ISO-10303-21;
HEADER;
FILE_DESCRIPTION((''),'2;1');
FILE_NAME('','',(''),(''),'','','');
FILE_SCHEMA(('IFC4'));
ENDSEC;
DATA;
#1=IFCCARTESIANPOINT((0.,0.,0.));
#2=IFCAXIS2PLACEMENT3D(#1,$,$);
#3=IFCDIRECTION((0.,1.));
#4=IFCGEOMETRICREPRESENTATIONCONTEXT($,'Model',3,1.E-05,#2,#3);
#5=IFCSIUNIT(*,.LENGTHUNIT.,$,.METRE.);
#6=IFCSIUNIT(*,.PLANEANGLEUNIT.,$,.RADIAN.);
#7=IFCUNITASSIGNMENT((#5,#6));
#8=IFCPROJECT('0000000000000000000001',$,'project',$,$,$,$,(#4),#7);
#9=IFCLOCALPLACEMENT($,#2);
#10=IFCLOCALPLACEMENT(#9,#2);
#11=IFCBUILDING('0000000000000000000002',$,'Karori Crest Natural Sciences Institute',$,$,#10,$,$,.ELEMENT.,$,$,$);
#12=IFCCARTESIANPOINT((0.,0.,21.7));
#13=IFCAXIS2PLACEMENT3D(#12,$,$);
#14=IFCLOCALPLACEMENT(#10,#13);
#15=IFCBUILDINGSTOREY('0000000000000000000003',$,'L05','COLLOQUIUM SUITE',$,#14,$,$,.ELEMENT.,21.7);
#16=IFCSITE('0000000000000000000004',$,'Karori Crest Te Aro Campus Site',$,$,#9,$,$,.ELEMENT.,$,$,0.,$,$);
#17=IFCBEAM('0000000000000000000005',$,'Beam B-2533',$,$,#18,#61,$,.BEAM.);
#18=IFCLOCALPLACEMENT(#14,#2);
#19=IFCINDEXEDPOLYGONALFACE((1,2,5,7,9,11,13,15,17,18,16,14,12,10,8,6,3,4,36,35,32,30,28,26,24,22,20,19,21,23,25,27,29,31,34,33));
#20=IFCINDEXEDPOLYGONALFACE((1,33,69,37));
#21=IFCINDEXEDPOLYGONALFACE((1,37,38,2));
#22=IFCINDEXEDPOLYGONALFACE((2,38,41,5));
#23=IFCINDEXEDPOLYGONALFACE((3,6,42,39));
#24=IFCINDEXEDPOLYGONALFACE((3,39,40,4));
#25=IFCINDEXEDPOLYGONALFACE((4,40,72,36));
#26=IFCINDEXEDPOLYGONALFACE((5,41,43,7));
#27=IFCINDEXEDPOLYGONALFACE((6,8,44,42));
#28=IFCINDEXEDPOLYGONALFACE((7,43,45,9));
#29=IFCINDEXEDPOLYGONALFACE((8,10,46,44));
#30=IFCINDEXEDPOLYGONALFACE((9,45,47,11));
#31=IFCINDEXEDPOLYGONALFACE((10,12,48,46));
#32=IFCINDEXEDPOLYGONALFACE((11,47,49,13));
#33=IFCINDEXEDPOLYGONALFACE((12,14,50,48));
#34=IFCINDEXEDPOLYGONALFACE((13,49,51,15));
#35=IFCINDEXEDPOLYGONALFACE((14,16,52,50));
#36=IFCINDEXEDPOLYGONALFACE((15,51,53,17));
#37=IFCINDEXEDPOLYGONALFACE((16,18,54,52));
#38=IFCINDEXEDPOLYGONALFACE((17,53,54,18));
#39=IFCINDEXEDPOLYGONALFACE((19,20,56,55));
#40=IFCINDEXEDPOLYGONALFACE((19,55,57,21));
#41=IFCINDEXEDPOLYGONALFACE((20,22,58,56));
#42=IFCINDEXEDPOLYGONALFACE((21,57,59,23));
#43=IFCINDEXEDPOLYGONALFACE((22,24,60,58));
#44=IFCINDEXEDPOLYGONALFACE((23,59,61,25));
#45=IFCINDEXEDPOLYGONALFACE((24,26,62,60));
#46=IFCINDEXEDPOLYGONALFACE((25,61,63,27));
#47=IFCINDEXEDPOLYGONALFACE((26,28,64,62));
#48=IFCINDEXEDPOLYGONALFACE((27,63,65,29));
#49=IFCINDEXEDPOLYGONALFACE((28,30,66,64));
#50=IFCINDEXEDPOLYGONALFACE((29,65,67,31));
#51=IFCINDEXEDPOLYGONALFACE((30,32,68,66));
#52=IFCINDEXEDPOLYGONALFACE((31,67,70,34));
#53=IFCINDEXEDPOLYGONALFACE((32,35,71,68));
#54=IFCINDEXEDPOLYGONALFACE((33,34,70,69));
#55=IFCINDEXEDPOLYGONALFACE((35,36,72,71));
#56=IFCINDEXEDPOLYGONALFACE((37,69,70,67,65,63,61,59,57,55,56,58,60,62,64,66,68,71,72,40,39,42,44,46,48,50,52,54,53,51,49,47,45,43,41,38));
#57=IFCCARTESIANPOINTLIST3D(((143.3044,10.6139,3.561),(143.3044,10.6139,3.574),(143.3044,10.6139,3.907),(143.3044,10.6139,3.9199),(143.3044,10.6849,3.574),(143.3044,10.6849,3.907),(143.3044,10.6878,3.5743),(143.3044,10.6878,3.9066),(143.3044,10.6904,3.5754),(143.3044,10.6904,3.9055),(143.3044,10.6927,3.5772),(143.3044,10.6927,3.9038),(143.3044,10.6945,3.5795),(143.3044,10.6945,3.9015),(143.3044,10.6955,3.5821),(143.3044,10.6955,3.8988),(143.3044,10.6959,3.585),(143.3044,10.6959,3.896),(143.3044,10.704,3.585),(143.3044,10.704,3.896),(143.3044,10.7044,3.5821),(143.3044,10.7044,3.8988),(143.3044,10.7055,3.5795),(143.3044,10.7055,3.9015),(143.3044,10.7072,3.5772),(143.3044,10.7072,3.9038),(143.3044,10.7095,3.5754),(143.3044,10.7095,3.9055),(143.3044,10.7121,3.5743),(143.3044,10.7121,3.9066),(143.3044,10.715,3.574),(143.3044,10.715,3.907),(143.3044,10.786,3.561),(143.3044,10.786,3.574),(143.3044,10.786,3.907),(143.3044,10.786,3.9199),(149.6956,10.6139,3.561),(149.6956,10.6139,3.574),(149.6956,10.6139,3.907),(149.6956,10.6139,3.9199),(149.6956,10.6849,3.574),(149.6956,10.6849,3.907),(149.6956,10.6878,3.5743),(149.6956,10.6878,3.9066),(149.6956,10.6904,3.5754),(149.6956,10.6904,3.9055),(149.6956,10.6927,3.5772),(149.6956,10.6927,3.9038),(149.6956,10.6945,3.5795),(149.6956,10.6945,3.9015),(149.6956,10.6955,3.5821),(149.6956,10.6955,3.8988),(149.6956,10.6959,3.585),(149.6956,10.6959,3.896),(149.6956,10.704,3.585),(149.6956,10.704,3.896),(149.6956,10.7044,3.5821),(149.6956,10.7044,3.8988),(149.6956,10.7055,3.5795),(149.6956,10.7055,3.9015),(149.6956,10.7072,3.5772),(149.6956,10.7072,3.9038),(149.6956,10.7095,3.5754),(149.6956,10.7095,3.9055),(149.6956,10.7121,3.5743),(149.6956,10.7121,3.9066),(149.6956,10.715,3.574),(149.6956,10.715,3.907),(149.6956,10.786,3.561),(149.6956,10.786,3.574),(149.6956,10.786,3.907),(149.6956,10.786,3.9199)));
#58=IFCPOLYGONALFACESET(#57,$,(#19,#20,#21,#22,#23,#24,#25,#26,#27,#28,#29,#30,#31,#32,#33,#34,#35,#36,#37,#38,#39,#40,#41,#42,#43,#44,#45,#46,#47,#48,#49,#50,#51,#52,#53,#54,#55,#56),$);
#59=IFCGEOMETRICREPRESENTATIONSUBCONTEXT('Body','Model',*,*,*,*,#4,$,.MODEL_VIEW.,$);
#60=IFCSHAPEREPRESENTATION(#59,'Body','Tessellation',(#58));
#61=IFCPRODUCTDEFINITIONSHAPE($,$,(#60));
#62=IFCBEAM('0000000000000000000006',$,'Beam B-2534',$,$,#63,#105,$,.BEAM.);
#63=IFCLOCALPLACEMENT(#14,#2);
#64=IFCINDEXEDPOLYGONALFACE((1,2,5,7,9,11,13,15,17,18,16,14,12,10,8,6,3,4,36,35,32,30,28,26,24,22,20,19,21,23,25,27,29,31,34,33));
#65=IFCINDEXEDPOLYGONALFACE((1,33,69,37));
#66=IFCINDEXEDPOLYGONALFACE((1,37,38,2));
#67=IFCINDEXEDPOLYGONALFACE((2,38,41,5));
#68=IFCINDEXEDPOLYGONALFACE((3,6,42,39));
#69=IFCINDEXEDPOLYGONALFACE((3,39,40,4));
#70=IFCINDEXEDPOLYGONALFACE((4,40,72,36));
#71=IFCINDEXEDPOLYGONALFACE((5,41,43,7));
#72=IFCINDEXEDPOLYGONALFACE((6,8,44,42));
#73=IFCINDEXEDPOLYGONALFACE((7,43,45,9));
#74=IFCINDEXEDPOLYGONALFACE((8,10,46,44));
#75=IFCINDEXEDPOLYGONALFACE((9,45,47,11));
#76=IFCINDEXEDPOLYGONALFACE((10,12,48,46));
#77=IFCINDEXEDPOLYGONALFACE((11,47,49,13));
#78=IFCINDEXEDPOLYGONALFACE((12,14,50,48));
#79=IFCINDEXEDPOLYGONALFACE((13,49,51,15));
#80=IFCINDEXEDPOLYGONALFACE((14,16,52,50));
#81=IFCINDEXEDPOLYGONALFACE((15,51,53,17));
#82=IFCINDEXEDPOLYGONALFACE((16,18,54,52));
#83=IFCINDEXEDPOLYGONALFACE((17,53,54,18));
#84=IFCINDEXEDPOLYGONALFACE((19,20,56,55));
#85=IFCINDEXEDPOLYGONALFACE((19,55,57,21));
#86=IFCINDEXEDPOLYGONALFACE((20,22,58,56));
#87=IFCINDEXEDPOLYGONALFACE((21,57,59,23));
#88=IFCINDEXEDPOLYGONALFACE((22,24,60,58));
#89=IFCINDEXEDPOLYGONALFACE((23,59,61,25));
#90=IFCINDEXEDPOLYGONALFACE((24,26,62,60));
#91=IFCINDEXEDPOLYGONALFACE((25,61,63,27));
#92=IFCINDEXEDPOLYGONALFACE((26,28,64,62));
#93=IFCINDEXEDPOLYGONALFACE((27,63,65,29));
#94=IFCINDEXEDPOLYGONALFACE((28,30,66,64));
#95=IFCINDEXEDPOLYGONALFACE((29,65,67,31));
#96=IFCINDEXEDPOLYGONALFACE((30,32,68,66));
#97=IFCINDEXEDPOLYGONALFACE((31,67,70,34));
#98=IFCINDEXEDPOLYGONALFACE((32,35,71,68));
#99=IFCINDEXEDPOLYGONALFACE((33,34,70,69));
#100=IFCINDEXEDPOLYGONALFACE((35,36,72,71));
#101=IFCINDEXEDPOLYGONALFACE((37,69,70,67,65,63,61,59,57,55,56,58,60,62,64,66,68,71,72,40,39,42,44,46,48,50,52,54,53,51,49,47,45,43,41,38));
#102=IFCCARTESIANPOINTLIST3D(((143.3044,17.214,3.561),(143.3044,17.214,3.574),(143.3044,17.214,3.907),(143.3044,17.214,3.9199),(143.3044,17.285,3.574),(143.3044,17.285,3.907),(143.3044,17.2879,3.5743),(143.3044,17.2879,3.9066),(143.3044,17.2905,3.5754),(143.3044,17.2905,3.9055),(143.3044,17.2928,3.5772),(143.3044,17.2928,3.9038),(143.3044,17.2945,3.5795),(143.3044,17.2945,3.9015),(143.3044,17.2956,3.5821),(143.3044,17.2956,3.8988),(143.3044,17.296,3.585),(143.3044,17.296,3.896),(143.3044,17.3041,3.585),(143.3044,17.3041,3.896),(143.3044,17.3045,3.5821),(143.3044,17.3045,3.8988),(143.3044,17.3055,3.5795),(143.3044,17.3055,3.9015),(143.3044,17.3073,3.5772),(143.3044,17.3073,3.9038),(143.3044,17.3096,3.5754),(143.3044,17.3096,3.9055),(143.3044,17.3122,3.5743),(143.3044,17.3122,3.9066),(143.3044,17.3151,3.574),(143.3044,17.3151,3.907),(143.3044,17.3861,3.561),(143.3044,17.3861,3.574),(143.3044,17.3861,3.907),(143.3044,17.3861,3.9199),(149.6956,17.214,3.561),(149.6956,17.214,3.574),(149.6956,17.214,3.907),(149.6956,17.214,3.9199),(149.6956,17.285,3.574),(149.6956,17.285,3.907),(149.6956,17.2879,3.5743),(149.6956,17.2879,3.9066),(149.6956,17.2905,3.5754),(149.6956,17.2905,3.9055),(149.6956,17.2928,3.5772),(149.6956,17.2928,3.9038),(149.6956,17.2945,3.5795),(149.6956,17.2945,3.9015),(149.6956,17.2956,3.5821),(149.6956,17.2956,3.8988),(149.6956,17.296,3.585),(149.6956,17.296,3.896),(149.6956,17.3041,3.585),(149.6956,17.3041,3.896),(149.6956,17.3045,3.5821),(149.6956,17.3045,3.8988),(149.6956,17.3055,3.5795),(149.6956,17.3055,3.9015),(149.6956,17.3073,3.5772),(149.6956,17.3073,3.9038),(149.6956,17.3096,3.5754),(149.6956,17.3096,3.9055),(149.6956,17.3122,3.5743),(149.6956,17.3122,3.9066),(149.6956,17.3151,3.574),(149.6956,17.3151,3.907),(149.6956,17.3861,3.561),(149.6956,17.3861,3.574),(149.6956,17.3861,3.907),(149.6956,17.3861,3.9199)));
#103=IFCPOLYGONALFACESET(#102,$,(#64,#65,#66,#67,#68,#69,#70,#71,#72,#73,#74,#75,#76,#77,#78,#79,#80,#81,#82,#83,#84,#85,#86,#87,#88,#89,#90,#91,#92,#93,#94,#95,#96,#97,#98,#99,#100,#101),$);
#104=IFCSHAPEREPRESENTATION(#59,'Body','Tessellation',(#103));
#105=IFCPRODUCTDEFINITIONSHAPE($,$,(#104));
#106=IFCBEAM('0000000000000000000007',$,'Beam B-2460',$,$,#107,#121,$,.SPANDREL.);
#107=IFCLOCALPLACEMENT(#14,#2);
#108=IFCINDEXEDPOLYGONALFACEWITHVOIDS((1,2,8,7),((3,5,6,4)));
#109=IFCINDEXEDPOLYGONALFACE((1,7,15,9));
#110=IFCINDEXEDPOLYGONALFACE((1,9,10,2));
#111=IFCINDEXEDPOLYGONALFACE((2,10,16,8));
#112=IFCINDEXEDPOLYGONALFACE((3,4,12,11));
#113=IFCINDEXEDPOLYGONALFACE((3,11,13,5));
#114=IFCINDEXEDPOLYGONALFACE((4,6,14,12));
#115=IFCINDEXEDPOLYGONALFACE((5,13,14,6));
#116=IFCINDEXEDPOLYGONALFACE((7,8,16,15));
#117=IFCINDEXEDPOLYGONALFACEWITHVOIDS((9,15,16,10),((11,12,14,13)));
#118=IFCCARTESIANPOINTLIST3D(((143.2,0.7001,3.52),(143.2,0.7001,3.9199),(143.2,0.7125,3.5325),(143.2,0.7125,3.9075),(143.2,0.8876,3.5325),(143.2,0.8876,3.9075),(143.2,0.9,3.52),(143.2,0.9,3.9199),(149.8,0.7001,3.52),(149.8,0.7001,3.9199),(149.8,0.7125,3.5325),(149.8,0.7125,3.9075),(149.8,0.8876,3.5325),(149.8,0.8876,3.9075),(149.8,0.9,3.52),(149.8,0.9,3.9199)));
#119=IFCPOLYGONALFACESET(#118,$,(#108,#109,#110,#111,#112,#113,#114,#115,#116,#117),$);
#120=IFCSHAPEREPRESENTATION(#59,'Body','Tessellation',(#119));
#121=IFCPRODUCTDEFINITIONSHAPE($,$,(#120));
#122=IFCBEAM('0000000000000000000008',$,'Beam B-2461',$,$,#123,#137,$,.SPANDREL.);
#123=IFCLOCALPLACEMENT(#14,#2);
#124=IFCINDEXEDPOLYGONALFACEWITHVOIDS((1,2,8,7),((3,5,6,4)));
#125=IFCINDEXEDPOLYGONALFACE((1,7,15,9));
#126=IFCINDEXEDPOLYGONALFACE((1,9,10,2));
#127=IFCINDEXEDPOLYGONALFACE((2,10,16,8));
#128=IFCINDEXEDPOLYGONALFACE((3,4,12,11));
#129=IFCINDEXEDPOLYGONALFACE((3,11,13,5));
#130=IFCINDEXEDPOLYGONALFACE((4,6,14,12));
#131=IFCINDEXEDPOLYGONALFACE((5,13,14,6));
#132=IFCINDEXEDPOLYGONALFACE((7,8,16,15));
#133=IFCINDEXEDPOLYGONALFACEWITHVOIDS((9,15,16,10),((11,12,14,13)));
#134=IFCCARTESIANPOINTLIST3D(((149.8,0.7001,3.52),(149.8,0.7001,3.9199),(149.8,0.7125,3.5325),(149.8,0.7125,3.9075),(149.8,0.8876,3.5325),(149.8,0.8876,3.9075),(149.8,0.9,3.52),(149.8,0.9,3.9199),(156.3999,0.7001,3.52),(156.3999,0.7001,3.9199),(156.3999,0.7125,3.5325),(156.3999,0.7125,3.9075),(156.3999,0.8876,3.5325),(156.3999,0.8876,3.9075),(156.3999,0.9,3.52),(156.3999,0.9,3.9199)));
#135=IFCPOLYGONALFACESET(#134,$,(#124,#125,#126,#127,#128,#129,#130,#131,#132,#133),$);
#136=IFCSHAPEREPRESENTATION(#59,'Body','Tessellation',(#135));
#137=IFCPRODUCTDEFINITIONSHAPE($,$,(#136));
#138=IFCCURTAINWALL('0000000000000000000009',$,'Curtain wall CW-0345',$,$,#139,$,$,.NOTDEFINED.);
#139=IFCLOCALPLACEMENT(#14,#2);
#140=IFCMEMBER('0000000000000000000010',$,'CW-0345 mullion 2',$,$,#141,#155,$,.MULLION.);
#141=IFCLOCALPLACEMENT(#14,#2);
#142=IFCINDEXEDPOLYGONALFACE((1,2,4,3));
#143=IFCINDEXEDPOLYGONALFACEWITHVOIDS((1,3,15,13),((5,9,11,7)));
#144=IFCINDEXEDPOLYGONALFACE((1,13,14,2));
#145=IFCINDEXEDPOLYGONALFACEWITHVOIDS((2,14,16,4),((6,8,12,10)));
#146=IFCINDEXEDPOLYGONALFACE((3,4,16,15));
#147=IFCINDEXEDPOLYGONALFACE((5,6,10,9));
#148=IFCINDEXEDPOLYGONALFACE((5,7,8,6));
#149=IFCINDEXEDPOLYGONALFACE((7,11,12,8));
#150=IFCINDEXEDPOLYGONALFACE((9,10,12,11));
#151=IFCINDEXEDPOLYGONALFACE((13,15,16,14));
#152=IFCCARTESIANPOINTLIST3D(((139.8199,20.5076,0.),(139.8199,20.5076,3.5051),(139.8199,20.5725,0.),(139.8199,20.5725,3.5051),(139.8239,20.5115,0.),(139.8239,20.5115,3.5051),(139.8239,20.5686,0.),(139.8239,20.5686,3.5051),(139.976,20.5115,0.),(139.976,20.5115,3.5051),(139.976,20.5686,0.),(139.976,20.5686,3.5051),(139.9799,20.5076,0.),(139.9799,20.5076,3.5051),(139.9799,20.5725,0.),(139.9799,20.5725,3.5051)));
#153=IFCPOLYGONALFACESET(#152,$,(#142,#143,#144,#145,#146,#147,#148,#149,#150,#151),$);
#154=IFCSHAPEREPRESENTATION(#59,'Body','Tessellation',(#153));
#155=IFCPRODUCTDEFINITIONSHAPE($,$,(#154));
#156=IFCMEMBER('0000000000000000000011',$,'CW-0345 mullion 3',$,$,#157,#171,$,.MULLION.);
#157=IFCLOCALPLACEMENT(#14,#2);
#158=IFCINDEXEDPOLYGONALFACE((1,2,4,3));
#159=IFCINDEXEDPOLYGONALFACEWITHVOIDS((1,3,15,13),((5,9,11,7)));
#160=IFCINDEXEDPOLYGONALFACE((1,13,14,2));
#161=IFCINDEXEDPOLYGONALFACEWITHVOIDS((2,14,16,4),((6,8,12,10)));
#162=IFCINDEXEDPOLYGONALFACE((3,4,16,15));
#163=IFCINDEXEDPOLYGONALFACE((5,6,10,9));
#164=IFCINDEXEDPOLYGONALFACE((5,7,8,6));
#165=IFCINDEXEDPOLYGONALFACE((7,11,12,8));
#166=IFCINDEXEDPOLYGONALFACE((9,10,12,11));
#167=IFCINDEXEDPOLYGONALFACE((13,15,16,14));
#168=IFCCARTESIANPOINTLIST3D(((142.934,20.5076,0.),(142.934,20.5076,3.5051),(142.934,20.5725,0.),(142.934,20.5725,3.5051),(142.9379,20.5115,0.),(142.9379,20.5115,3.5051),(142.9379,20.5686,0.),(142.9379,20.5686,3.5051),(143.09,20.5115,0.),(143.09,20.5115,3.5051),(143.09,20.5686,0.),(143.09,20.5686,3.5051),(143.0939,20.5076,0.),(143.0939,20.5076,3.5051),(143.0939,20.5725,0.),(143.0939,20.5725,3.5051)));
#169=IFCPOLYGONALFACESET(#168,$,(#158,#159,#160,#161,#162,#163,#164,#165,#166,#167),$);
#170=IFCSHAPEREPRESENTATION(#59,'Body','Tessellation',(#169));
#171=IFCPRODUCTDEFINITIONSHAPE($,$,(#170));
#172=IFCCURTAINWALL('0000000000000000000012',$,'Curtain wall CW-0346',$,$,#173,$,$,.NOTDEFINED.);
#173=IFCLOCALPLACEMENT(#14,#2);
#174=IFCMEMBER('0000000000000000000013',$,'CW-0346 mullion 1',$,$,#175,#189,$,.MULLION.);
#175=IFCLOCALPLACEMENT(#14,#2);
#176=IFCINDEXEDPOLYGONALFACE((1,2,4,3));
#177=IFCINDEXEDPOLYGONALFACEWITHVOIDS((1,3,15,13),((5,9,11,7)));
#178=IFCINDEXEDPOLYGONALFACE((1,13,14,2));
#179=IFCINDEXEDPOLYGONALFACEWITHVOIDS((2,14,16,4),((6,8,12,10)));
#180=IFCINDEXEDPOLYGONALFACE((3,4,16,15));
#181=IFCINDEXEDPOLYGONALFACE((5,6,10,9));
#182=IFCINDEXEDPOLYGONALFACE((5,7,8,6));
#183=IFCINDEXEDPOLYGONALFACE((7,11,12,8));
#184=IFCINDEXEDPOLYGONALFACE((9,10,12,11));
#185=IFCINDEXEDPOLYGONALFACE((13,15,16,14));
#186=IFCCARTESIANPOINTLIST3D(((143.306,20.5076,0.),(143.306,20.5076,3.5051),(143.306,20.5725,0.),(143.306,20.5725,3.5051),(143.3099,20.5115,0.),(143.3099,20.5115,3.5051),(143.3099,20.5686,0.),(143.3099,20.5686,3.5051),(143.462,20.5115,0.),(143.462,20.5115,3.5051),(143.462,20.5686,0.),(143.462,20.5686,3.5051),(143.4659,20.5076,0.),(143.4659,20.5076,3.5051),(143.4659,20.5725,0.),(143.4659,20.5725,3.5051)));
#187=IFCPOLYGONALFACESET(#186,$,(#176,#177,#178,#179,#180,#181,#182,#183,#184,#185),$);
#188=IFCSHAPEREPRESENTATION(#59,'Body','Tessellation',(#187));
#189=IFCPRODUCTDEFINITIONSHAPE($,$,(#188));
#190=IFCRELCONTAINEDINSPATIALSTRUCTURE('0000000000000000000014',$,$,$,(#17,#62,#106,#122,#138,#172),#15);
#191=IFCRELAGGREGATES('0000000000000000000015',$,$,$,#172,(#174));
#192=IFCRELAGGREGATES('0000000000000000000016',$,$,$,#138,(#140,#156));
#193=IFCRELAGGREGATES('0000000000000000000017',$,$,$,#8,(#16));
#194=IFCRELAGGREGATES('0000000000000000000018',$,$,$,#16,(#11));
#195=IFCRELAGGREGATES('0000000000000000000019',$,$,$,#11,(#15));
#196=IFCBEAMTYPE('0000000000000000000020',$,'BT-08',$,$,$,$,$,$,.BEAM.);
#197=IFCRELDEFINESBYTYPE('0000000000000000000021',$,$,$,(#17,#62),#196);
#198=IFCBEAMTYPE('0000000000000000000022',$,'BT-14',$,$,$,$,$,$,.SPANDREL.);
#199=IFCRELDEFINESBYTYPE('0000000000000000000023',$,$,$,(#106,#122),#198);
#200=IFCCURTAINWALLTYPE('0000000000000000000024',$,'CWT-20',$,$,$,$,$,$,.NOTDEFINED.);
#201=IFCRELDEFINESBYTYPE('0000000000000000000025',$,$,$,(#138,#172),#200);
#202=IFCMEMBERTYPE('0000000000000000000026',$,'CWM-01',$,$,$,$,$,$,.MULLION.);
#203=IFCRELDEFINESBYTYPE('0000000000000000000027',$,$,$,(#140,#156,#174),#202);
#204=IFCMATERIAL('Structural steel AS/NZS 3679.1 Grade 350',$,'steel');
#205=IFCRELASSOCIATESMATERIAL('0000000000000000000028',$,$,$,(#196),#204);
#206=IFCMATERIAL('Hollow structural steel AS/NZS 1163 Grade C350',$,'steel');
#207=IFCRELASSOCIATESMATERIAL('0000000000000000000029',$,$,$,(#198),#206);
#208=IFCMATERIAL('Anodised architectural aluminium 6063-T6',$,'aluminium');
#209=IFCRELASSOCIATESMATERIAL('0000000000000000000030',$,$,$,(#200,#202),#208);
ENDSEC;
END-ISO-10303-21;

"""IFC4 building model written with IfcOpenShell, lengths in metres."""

from ifc_helpers import new_model, si_unit, direction, frame, origin, origin_2d, place, context, subcontext, project, spatial, hollow_rectangle, i_section, extrude, material, material_profile, profile_set, type_object, element, aggregate, save


model = new_model("IFC4")

# Units and contexts
model_context = context("Model", 3, precision=1e-05, world=origin(), true_north=direction((0.0, 1.0)))
body_context = subcontext(model_context, "Body", "Model", "MODEL_VIEW")
ifc_project = project(units=[si_unit("LENGTHUNIT", "METRE"), si_unit("PLANEANGLEUNIT", "RADIAN")], contexts=[model_context])

# Site, building, storey
site_placement = place(None, origin())
site = spatial("IfcSite", under=ifc_project, at=site_placement, Name="Karori Crest Te Aro Campus Site", CompositionType="ELEMENT", RefElevation=0.0)
building_placement = place(site_placement, origin())
building = spatial("IfcBuilding", under=site, at=building_placement, Name="Karori Crest Natural Sciences Institute", CompositionType="ELEMENT")
storey_placement = place(building_placement, frame((0.0, 0.0, 21.7)))
storey = spatial("IfcBuildingStorey", under=building, at=storey_placement, Name="L05", Description="COLLOQUIUM SUITE", CompositionType="ELEMENT", Elevation=21.7)

# Shared definitions
ifc_material_1 = material(Name="Structural steel AS/NZS 3679.1 Grade 350", Category="steel")

# Beams
ifc_material_profile_1 = material_profile(ifc_material_1, i_section(OverallWidth=0.1721, OverallDepth=0.3589, WebThickness=0.0081, FlangeThickness=0.0129, FilletRadius=0.011, at=origin_2d()), Name="360UB56.7")
ifc_profile_set_1 = profile_set([ifc_material_profile_1], Name="Structural steel AS/NZS 3679.1 Grade 350")
beam_type_1 = type_object("IfcBeamType", Name="BT-08", PredefinedType="BEAM", material=ifc_profile_set_1)
for number, where, z_axis, x_axis, name in (
    (1, (143.3044, 10.7, 3.7405), (1.0, 0.0, 0.0), (0.0, 1.0, 0.0), "Beam B-2533"),
    (2, (143.3044, 17.3, 3.7405), (1.0, 0.0, 0.0), (0.0, 1.0, 0.0), "Beam B-2534"),
):
    element("IfcBeam", number, at=place(storey_placement, frame(where, z_axis=z_axis, x_axis=x_axis)), inside=storey, type_object=beam_type_1, Name=name, PredefinedType="BEAM", context=body_context, shape_type="SweptSolid", body=[
        extrude(i_section(OverallWidth=0.1721, OverallDepth=0.3589, WebThickness=0.0081, FlangeThickness=0.0129, FilletRadius=0.011, at=origin_2d()), origin(), (0.0, 0.0, 1.0), 6.3911),
    ])
ifc_material_2 = material(Name="Hollow structural steel AS/NZS 1163 Grade C350", Category="steel")
ifc_material_profile_2 = material_profile(ifc_material_2, hollow_rectangle(XDim=0.2, YDim=0.3999, WallThickness=0.0125, at=origin_2d()), Name="RHS400x200x12.5")
ifc_profile_set_2 = profile_set([ifc_material_profile_2], Name="Hollow structural steel AS/NZS 1163 Grade C350")
beam_type_2 = type_object("IfcBeamType", Name="BT-14", PredefinedType="SPANDREL", material=ifc_profile_set_2)
beam_1_placement = place(storey_placement, frame((143.2, 0.8, 3.72), z_axis=(1.0, 0.0, 0.0), x_axis=(0.0, 1.0, 0.0)))
element("IfcBeam", 3, at=beam_1_placement, inside=storey, type_object=beam_type_2, Name="Beam B-2460", PredefinedType="SPANDREL", context=body_context, shape_type="SweptSolid", body=[
    extrude(hollow_rectangle(XDim=0.2, YDim=0.3999, WallThickness=0.0125, at=origin_2d()), origin(), (0.0, 0.0, 1.0), 6.6001),
])
beam_2_placement = place(storey_placement, frame((149.8, 0.8, 3.72), z_axis=(1.0, 0.0, 0.0), x_axis=(0.0, 1.0, 0.0)))
element("IfcBeam", 4, at=beam_2_placement, inside=storey, type_object=beam_type_2, Name="Beam B-2461", PredefinedType="SPANDREL", context=body_context, shape_type="SweptSolid", body=[
    extrude(hollow_rectangle(XDim=0.2, YDim=0.3999, WallThickness=0.0125, at=origin_2d()), origin(), (0.0, 0.0, 1.0), 6.5999),
])

# Curtain wall, members
ifc_material_3 = material(Name="Anodised architectural aluminium 6063-T6", Category="aluminium")
curtain_wall_type = type_object("IfcCurtainWallType", Name="CWT-20", PredefinedType="NOTDEFINED", material=ifc_material_3)
curtain_wall_1_placement = place(storey_placement, origin())
curtain_wall_1 = element("IfcCurtainWall", 5, at=curtain_wall_1_placement, inside=storey, type_object=curtain_wall_type, Name="Curtain wall CW-0345", PredefinedType="NOTDEFINED")
ifc_material_profile_3 = material_profile(ifc_material_3, hollow_rectangle(XDim=0.0649, YDim=0.1599, WallThickness=0.0039, at=origin_2d()), Name="CWM160x65x4")
ifc_profile_set_3 = profile_set([ifc_material_profile_3], Name="Anodised architectural aluminium 6063-T6")
member_type_1 = type_object("IfcMemberType", Name="CWM-01", PredefinedType="MULLION", material=ifc_profile_set_3)
member_1_placement = place(storey_placement, frame((139.8999, 20.54, 0.0), z_axis=(0.0, 0.0, 1.0), x_axis=(0.0, 1.0, 0.0)))
member_1 = element("IfcMember", 6, at=member_1_placement, type_object=member_type_1, Name="CW-0345 mullion 2", PredefinedType="MULLION", context=body_context, shape_type="SweptSolid", body=[
    extrude(hollow_rectangle(XDim=0.0649, YDim=0.1599, WallThickness=0.0039, at=origin_2d()), origin(), (0.0, 0.0, 1.0), 3.5051),
])
member_2_placement = place(storey_placement, frame((143.0139, 20.54, 0.0), z_axis=(0.0, 0.0, 1.0), x_axis=(0.0, 1.0, 0.0)))
member_2 = element("IfcMember", 7, at=member_2_placement, type_object=member_type_1, Name="CW-0345 mullion 3", PredefinedType="MULLION", context=body_context, shape_type="SweptSolid", body=[
    extrude(hollow_rectangle(XDim=0.0649, YDim=0.1599, WallThickness=0.0039, at=origin_2d()), origin(), (0.0, 0.0, 1.0), 3.5051),
])

# Curtain wall, member
curtain_wall_2_placement = place(storey_placement, origin())
curtain_wall_2 = element("IfcCurtainWall", 8, at=curtain_wall_2_placement, inside=storey, type_object=curtain_wall_type, Name="Curtain wall CW-0346", PredefinedType="NOTDEFINED")
member_3_placement = place(storey_placement, frame((143.386, 20.54, 0.0), z_axis=(0.0, 0.0, 1.0), x_axis=(0.0, 1.0, 0.0)))
member_3 = element("IfcMember", 9, at=member_3_placement, type_object=member_type_1, Name="CW-0346 mullion 1", PredefinedType="MULLION", context=body_context, shape_type="SweptSolid", body=[
    extrude(hollow_rectangle(XDim=0.0649, YDim=0.1599, WallThickness=0.0039, at=origin_2d()), origin(), (0.0, 0.0, 1.0), 3.5051),
])

aggregate(curtain_wall_2, [member_3])

aggregate(curtain_wall_1, [member_1, member_2])

save(model, "model.ifc")
